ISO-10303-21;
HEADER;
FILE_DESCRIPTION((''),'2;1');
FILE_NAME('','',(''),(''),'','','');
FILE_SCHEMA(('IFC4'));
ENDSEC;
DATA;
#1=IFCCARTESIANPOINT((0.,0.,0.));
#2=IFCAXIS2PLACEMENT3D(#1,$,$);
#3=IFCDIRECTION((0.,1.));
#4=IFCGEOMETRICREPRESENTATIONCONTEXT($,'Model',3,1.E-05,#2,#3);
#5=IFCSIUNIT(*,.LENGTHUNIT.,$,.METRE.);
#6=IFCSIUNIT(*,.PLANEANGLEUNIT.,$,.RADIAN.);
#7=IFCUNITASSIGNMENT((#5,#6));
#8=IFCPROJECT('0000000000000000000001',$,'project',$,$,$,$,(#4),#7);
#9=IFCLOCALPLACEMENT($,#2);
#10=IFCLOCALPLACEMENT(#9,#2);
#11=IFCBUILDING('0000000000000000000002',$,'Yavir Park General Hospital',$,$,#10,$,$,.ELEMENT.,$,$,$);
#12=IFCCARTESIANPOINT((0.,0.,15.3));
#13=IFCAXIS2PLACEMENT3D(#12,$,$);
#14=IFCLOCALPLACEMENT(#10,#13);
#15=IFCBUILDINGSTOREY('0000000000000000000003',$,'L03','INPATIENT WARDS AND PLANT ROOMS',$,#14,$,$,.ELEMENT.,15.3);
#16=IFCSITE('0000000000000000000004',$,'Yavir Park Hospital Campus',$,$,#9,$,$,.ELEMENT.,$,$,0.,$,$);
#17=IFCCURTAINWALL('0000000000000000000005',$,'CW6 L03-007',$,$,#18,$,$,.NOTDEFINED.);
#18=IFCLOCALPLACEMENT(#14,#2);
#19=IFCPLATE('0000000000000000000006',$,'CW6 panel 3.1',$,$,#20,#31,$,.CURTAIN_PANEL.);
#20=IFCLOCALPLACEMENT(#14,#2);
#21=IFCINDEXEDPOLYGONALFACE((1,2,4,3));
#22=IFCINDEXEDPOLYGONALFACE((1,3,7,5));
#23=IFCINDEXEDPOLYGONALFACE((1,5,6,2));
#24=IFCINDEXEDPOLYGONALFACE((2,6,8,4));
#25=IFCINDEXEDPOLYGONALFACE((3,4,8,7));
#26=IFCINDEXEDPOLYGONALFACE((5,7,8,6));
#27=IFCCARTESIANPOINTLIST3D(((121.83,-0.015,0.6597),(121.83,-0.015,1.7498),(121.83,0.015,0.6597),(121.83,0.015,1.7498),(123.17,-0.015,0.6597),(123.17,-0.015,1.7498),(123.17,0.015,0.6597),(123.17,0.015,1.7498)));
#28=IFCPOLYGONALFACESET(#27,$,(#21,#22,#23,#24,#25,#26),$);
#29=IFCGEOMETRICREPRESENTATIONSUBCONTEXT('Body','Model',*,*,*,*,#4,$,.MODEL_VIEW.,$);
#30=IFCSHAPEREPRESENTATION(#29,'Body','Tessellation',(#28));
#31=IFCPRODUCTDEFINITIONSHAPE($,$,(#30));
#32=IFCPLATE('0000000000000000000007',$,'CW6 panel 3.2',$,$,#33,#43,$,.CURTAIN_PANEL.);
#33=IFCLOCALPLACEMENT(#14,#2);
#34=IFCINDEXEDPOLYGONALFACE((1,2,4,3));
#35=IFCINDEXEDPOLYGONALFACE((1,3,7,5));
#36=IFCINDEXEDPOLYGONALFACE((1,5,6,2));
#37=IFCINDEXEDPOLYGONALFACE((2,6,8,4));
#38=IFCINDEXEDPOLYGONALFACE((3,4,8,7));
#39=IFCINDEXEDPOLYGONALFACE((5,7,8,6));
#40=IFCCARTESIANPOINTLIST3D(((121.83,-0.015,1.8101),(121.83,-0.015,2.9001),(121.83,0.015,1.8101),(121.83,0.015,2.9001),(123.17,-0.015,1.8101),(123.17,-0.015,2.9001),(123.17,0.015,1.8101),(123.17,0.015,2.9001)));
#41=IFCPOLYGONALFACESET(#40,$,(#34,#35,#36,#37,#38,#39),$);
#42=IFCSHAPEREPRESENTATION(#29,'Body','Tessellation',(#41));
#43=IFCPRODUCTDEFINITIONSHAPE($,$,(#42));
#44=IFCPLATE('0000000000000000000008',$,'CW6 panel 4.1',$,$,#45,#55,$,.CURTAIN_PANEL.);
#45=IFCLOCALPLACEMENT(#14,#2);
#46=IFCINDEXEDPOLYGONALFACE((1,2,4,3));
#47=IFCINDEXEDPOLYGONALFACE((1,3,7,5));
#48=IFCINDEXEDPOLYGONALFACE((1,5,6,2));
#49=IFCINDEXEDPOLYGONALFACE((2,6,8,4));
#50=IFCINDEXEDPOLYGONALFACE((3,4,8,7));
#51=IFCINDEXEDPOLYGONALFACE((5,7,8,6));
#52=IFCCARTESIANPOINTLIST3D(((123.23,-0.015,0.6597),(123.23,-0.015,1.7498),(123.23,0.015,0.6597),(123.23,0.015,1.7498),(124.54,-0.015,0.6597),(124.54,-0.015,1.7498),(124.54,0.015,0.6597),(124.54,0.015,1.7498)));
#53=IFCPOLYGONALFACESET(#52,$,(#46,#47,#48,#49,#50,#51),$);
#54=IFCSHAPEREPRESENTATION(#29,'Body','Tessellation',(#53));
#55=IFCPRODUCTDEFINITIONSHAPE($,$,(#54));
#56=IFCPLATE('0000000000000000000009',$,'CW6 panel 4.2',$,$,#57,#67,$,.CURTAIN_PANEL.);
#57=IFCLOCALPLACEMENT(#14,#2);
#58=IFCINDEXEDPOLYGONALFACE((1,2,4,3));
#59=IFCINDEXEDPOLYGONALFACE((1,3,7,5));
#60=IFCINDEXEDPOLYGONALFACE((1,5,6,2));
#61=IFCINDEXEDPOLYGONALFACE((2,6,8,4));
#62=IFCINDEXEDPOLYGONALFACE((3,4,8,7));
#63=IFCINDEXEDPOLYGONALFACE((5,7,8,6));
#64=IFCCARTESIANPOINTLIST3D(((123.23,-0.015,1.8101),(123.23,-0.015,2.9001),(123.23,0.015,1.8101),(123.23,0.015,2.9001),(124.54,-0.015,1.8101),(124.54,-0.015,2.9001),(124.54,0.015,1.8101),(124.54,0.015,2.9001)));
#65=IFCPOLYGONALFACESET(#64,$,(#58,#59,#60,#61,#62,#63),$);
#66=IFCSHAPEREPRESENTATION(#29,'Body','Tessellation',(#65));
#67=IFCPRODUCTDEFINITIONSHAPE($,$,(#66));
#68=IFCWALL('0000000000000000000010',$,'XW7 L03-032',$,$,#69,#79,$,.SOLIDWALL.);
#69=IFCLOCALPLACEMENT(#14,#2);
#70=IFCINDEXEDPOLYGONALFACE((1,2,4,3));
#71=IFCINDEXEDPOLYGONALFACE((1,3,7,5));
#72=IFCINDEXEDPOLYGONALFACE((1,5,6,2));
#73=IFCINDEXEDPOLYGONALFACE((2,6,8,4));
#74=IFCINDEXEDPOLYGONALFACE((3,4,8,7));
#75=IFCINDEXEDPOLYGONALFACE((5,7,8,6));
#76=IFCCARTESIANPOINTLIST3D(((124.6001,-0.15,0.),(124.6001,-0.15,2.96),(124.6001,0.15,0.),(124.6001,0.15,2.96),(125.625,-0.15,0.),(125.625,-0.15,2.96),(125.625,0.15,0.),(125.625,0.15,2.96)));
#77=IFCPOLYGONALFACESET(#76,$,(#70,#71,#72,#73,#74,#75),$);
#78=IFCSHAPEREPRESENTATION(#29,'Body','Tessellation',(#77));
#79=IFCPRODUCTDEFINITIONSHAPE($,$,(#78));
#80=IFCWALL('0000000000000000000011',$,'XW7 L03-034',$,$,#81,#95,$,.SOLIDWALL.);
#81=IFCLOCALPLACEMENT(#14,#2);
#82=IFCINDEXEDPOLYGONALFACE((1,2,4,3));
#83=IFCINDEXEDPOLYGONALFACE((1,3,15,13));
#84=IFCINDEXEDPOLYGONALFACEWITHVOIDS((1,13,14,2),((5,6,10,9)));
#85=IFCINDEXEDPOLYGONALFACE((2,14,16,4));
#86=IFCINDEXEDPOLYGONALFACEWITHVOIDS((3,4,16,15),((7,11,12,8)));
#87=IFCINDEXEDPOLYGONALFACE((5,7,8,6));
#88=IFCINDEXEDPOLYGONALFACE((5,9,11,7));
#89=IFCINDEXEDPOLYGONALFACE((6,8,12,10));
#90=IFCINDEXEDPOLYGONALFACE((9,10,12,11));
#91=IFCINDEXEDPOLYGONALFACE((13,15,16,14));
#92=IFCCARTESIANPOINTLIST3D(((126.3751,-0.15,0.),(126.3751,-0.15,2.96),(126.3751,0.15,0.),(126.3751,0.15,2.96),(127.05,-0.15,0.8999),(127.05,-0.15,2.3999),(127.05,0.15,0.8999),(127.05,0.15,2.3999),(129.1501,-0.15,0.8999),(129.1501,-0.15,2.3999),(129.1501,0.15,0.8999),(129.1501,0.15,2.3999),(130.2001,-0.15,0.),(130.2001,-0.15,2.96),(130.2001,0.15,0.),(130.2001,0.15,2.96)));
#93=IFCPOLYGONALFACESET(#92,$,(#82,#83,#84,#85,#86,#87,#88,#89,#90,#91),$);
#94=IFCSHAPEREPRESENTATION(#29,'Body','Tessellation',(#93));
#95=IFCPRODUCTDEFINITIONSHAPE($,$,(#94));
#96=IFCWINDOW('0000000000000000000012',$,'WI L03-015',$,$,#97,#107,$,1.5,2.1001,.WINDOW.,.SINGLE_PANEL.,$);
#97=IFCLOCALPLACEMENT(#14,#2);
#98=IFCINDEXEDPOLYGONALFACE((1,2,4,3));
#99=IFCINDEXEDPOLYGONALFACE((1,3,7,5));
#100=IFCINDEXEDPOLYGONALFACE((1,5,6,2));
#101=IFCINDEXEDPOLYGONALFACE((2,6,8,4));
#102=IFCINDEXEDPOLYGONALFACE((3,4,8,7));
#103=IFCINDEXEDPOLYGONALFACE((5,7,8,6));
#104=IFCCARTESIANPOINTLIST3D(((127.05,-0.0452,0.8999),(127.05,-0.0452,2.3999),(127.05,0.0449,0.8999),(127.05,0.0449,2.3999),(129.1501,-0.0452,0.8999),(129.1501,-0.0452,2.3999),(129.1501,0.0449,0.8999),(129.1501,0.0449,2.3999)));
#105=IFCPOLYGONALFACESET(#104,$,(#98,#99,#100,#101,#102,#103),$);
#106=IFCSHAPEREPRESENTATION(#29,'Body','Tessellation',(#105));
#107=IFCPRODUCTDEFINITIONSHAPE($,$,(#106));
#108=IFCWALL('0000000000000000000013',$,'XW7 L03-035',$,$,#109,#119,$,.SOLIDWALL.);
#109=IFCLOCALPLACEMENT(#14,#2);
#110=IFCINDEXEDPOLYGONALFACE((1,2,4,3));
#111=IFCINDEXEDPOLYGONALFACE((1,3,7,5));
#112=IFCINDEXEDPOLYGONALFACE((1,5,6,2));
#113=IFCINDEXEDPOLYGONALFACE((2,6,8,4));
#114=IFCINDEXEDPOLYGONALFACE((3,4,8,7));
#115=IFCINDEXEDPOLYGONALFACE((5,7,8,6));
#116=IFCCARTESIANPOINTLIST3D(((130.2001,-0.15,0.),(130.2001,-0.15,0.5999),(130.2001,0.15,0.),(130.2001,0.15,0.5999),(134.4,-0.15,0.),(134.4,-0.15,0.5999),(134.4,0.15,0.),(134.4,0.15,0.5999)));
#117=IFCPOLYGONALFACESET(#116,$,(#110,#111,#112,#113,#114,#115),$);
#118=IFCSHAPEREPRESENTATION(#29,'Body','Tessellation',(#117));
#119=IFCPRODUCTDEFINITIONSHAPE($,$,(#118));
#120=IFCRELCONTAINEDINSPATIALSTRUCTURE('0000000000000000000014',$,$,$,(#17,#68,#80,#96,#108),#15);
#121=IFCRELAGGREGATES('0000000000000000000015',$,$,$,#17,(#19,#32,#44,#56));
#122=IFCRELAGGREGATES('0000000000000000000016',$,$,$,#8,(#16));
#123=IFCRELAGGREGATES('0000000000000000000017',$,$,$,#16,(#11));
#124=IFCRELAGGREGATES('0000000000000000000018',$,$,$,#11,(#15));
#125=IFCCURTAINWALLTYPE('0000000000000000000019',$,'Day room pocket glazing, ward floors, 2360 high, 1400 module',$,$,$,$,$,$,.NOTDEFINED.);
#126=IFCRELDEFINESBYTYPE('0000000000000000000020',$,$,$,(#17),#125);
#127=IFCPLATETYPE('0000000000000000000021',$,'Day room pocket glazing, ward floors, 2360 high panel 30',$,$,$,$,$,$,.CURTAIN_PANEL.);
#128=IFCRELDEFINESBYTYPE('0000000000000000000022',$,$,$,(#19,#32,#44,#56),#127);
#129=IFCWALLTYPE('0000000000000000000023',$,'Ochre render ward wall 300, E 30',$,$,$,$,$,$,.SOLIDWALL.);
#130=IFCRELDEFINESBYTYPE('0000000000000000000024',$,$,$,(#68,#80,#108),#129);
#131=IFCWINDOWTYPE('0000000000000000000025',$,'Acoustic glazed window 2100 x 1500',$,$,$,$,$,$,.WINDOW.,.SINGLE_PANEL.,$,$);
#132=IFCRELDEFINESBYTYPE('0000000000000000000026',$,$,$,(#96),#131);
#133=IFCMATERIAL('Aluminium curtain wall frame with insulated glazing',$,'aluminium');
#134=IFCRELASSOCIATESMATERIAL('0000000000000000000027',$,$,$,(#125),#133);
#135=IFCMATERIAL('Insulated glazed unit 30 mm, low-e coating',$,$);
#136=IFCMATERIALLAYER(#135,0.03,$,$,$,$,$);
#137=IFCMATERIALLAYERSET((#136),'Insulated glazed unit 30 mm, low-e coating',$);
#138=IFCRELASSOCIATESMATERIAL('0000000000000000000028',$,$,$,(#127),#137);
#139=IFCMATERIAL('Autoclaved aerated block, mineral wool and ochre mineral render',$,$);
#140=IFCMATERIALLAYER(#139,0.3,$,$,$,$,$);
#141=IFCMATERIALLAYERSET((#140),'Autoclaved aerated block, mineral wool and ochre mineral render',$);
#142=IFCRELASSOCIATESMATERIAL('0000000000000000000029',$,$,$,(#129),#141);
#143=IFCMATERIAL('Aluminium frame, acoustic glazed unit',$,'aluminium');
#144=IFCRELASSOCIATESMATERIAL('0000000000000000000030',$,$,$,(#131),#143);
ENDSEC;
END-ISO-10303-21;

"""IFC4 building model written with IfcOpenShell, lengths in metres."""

from ifc_helpers import new_model, si_unit, direction, frame, frame_2d, origin, origin_2d, place, context, subcontext, project, spatial, rectangle, extrude, material, layer, layer_set, type_object, element, fill, aggregate, save


model = new_model("IFC4")

# Units and contexts
model_context = context("Model", 3, precision=1e-05, world=origin(), true_north=direction((0.0, 1.0)))
body_context = subcontext(model_context, "Body", "Model", "MODEL_VIEW")
ifc_project = project(units=[si_unit("LENGTHUNIT", "METRE"), si_unit("PLANEANGLEUNIT", "RADIAN")], contexts=[model_context])

# Site, building, storey
site_placement = place(None, origin())
site = spatial("IfcSite", under=ifc_project, at=site_placement, Name="Yavir Park Hospital Campus", CompositionType="ELEMENT", RefElevation=0.0)
building_placement = place(site_placement, origin())
building = spatial("IfcBuilding", under=site, at=building_placement, Name="Yavir Park General Hospital", CompositionType="ELEMENT")
storey_placement = place(building_placement, frame((0.0, 0.0, 15.3)))
storey = spatial("IfcBuildingStorey", under=building, at=storey_placement, Name="L03", Description="INPATIENT WARDS AND PLANT ROOMS", CompositionType="ELEMENT", Elevation=15.3)

# Curtain wall
ifc_material_1 = material(Name="Aluminium curtain wall frame with insulated glazing", Category="aluminium")
curtain_wall_type = type_object("IfcCurtainWallType", Name="Day room pocket glazing, ward floors, 2360 high, 1400 module", PredefinedType="NOTDEFINED", material=ifc_material_1)
curtain_wall_1_placement = place(storey_placement, origin())
curtain_wall_1 = element("IfcCurtainWall", 1, at=curtain_wall_1_placement, inside=storey, type_object=curtain_wall_type, Name="CW6 L03-007", PredefinedType="NOTDEFINED")

# Plates
ifc_material_2 = material(Name="Insulated glazed unit 30 mm, low-e coating")
ifc_layer_1 = layer(ifc_material_2, 0.03)
ifc_layer_set_1 = layer_set([ifc_layer_1], Name="Insulated glazed unit 30 mm, low-e coating")
plate_type = type_object("IfcPlateType", Name="Day room pocket glazing, ward floors, 2360 high panel 30", PredefinedType="CURTAIN_PANEL", material=ifc_layer_set_1)
plate_1_placement = place(storey_placement, frame((122.5, 0.0, 0.6597), z_axis=(0.0, 0.0, 1.0), x_axis=(1.0, 0.0, 0.0)))
plate_1 = element("IfcPlate", 2, at=plate_1_placement, type_object=plate_type, Name="CW6 panel 3.1", PredefinedType="CURTAIN_PANEL", context=body_context, shape_type="SweptSolid", body=[
    extrude(rectangle(XDim=1.3401, YDim=0.03, at=origin_2d()), origin(), (0.0, 0.0, 1.0), 1.0901),
])
plate_2_placement = place(storey_placement, frame((122.5, 0.0, 1.8101), z_axis=(0.0, 0.0, 1.0), x_axis=(1.0, 0.0, 0.0)))
plate_2 = element("IfcPlate", 3, at=plate_2_placement, type_object=plate_type, Name="CW6 panel 3.2", PredefinedType="CURTAIN_PANEL", context=body_context, shape_type="SweptSolid", body=[
    extrude(rectangle(XDim=1.3401, YDim=0.03, at=origin_2d()), origin(), (0.0, 0.0, 1.0), 1.0901),
])
plate_3_placement = place(storey_placement, frame((123.885, 0.0, 0.6597), z_axis=(0.0, 0.0, 1.0), x_axis=(1.0, 0.0, 0.0)))
plate_3 = element("IfcPlate", 4, at=plate_3_placement, type_object=plate_type, Name="CW6 panel 4.1", PredefinedType="CURTAIN_PANEL", context=body_context, shape_type="SweptSolid", body=[
    extrude(rectangle(XDim=1.3101, YDim=0.03, at=origin_2d()), origin(), (0.0, 0.0, 1.0), 1.0901),
])
plate_4_placement = place(storey_placement, frame((123.885, 0.0, 1.8101), z_axis=(0.0, 0.0, 1.0), x_axis=(1.0, 0.0, 0.0)))
plate_4 = element("IfcPlate", 5, at=plate_4_placement, type_object=plate_type, Name="CW6 panel 4.2", PredefinedType="CURTAIN_PANEL", context=body_context, shape_type="SweptSolid", body=[
    extrude(rectangle(XDim=1.3101, YDim=0.03, at=origin_2d()), origin(), (0.0, 0.0, 1.0), 1.0901),
])
aggregate(curtain_wall_1, [plate_1, plate_2, plate_3, plate_4])

# Wall
ifc_material_3 = material(Name="Autoclaved aerated block, mineral wool and ochre mineral render")
ifc_layer_2 = layer(ifc_material_3, 0.3)
ifc_layer_set_2 = layer_set([ifc_layer_2], Name="Autoclaved aerated block, mineral wool and ochre mineral render")
wall_type = type_object("IfcWallType", Name="Ochre render ward wall 300, E 30", PredefinedType="SOLIDWALL", material=ifc_layer_set_2)
wall_1_placement = place(storey_placement, frame((124.6001, 0.0, 0.0), z_axis=(0.0, 0.0, 1.0), x_axis=(1.0, 0.0, 0.0)))
element("IfcWall", 6, at=wall_1_placement, inside=storey, type_object=wall_type, Name="XW7 L03-032", PredefinedType="SOLIDWALL", context=body_context, shape_type="SweptSolid", body=[
    extrude(rectangle(XDim=1.0249, YDim=0.3, at=frame_2d((0.5125, 0.0))), origin(), (0.0, 0.0, 1.0), 2.96),
])

# Wall, opening, window
wall_2_placement = place(storey_placement, frame((126.375, 0.0, 0.0), z_axis=(0.0, 0.0, 1.0), x_axis=(1.0, 0.0, 0.0)))
wall_2 = element("IfcWall", 7, at=wall_2_placement, inside=storey, type_object=wall_type, Name="XW7 L03-034", PredefinedType="SOLIDWALL", context=body_context, shape_type="SweptSolid", body=[
    extrude(rectangle(XDim=3.825, YDim=0.3, at=frame_2d((1.9126, 0.0))), origin(), (0.0, 0.0, 1.0), 2.96),
])
opening_placement = place(wall_2_placement, frame((0.675, 0.0, 0.8999)))
opening = element("IfcOpeningElement", 8, at=opening_placement, cuts=wall_2, PredefinedType="OPENING", context=body_context, shape_type="SweptSolid", body=[
    extrude(rectangle(XDim=2.1001, YDim=1.5, at=frame_2d((1.05, 0.75))), frame((0.0, 0.1599, 0.0), z_axis=(0.0, -1.0, 0.0), x_axis=(1.0, 0.0, 0.0)), (0.0, 0.0, 1.0), 0.3201),
])
ifc_material_4 = material(Name="Aluminium frame, acoustic glazed unit", Category="aluminium")
window_type = type_object("IfcWindowType", Name="Acoustic glazed window 2100 x 1500", PartitioningType="SINGLE_PANEL", PredefinedType="WINDOW", material=ifc_material_4)
window_placement = place(opening_placement, origin())
window = element("IfcWindow", 9, at=window_placement, inside=storey, type_object=window_type, Name="WI L03-015", OverallHeight=1.5, OverallWidth=2.1001, PartitioningType="SINGLE_PANEL", PredefinedType="WINDOW", context=body_context, shape_type="SweptSolid", body=[
    extrude(rectangle(XDim=2.1001, YDim=1.5, at=frame_2d((1.05, 0.75))), frame((0.0, 0.0449, 0.0), z_axis=(0.0, -1.0, 0.0), x_axis=(1.0, 0.0, 0.0)), (0.0, 0.0, 1.0), 0.0901),
])
fill(opening, window)

# Wall
wall_3_placement = place(storey_placement, frame((130.2, 0.0, 0.0), z_axis=(0.0, 0.0, 1.0), x_axis=(1.0, 0.0, 0.0)))
element("IfcWall", 10, at=wall_3_placement, inside=storey, type_object=wall_type, Name="XW7 L03-035", PredefinedType="SOLIDWALL", context=body_context, shape_type="SweptSolid", body=[
    extrude(rectangle(XDim=4.2, YDim=0.3, at=frame_2d((2.1001, 0.0))), origin(), (0.0, 0.0, 1.0), 0.5999),
])

save(model, "model.ifc")
